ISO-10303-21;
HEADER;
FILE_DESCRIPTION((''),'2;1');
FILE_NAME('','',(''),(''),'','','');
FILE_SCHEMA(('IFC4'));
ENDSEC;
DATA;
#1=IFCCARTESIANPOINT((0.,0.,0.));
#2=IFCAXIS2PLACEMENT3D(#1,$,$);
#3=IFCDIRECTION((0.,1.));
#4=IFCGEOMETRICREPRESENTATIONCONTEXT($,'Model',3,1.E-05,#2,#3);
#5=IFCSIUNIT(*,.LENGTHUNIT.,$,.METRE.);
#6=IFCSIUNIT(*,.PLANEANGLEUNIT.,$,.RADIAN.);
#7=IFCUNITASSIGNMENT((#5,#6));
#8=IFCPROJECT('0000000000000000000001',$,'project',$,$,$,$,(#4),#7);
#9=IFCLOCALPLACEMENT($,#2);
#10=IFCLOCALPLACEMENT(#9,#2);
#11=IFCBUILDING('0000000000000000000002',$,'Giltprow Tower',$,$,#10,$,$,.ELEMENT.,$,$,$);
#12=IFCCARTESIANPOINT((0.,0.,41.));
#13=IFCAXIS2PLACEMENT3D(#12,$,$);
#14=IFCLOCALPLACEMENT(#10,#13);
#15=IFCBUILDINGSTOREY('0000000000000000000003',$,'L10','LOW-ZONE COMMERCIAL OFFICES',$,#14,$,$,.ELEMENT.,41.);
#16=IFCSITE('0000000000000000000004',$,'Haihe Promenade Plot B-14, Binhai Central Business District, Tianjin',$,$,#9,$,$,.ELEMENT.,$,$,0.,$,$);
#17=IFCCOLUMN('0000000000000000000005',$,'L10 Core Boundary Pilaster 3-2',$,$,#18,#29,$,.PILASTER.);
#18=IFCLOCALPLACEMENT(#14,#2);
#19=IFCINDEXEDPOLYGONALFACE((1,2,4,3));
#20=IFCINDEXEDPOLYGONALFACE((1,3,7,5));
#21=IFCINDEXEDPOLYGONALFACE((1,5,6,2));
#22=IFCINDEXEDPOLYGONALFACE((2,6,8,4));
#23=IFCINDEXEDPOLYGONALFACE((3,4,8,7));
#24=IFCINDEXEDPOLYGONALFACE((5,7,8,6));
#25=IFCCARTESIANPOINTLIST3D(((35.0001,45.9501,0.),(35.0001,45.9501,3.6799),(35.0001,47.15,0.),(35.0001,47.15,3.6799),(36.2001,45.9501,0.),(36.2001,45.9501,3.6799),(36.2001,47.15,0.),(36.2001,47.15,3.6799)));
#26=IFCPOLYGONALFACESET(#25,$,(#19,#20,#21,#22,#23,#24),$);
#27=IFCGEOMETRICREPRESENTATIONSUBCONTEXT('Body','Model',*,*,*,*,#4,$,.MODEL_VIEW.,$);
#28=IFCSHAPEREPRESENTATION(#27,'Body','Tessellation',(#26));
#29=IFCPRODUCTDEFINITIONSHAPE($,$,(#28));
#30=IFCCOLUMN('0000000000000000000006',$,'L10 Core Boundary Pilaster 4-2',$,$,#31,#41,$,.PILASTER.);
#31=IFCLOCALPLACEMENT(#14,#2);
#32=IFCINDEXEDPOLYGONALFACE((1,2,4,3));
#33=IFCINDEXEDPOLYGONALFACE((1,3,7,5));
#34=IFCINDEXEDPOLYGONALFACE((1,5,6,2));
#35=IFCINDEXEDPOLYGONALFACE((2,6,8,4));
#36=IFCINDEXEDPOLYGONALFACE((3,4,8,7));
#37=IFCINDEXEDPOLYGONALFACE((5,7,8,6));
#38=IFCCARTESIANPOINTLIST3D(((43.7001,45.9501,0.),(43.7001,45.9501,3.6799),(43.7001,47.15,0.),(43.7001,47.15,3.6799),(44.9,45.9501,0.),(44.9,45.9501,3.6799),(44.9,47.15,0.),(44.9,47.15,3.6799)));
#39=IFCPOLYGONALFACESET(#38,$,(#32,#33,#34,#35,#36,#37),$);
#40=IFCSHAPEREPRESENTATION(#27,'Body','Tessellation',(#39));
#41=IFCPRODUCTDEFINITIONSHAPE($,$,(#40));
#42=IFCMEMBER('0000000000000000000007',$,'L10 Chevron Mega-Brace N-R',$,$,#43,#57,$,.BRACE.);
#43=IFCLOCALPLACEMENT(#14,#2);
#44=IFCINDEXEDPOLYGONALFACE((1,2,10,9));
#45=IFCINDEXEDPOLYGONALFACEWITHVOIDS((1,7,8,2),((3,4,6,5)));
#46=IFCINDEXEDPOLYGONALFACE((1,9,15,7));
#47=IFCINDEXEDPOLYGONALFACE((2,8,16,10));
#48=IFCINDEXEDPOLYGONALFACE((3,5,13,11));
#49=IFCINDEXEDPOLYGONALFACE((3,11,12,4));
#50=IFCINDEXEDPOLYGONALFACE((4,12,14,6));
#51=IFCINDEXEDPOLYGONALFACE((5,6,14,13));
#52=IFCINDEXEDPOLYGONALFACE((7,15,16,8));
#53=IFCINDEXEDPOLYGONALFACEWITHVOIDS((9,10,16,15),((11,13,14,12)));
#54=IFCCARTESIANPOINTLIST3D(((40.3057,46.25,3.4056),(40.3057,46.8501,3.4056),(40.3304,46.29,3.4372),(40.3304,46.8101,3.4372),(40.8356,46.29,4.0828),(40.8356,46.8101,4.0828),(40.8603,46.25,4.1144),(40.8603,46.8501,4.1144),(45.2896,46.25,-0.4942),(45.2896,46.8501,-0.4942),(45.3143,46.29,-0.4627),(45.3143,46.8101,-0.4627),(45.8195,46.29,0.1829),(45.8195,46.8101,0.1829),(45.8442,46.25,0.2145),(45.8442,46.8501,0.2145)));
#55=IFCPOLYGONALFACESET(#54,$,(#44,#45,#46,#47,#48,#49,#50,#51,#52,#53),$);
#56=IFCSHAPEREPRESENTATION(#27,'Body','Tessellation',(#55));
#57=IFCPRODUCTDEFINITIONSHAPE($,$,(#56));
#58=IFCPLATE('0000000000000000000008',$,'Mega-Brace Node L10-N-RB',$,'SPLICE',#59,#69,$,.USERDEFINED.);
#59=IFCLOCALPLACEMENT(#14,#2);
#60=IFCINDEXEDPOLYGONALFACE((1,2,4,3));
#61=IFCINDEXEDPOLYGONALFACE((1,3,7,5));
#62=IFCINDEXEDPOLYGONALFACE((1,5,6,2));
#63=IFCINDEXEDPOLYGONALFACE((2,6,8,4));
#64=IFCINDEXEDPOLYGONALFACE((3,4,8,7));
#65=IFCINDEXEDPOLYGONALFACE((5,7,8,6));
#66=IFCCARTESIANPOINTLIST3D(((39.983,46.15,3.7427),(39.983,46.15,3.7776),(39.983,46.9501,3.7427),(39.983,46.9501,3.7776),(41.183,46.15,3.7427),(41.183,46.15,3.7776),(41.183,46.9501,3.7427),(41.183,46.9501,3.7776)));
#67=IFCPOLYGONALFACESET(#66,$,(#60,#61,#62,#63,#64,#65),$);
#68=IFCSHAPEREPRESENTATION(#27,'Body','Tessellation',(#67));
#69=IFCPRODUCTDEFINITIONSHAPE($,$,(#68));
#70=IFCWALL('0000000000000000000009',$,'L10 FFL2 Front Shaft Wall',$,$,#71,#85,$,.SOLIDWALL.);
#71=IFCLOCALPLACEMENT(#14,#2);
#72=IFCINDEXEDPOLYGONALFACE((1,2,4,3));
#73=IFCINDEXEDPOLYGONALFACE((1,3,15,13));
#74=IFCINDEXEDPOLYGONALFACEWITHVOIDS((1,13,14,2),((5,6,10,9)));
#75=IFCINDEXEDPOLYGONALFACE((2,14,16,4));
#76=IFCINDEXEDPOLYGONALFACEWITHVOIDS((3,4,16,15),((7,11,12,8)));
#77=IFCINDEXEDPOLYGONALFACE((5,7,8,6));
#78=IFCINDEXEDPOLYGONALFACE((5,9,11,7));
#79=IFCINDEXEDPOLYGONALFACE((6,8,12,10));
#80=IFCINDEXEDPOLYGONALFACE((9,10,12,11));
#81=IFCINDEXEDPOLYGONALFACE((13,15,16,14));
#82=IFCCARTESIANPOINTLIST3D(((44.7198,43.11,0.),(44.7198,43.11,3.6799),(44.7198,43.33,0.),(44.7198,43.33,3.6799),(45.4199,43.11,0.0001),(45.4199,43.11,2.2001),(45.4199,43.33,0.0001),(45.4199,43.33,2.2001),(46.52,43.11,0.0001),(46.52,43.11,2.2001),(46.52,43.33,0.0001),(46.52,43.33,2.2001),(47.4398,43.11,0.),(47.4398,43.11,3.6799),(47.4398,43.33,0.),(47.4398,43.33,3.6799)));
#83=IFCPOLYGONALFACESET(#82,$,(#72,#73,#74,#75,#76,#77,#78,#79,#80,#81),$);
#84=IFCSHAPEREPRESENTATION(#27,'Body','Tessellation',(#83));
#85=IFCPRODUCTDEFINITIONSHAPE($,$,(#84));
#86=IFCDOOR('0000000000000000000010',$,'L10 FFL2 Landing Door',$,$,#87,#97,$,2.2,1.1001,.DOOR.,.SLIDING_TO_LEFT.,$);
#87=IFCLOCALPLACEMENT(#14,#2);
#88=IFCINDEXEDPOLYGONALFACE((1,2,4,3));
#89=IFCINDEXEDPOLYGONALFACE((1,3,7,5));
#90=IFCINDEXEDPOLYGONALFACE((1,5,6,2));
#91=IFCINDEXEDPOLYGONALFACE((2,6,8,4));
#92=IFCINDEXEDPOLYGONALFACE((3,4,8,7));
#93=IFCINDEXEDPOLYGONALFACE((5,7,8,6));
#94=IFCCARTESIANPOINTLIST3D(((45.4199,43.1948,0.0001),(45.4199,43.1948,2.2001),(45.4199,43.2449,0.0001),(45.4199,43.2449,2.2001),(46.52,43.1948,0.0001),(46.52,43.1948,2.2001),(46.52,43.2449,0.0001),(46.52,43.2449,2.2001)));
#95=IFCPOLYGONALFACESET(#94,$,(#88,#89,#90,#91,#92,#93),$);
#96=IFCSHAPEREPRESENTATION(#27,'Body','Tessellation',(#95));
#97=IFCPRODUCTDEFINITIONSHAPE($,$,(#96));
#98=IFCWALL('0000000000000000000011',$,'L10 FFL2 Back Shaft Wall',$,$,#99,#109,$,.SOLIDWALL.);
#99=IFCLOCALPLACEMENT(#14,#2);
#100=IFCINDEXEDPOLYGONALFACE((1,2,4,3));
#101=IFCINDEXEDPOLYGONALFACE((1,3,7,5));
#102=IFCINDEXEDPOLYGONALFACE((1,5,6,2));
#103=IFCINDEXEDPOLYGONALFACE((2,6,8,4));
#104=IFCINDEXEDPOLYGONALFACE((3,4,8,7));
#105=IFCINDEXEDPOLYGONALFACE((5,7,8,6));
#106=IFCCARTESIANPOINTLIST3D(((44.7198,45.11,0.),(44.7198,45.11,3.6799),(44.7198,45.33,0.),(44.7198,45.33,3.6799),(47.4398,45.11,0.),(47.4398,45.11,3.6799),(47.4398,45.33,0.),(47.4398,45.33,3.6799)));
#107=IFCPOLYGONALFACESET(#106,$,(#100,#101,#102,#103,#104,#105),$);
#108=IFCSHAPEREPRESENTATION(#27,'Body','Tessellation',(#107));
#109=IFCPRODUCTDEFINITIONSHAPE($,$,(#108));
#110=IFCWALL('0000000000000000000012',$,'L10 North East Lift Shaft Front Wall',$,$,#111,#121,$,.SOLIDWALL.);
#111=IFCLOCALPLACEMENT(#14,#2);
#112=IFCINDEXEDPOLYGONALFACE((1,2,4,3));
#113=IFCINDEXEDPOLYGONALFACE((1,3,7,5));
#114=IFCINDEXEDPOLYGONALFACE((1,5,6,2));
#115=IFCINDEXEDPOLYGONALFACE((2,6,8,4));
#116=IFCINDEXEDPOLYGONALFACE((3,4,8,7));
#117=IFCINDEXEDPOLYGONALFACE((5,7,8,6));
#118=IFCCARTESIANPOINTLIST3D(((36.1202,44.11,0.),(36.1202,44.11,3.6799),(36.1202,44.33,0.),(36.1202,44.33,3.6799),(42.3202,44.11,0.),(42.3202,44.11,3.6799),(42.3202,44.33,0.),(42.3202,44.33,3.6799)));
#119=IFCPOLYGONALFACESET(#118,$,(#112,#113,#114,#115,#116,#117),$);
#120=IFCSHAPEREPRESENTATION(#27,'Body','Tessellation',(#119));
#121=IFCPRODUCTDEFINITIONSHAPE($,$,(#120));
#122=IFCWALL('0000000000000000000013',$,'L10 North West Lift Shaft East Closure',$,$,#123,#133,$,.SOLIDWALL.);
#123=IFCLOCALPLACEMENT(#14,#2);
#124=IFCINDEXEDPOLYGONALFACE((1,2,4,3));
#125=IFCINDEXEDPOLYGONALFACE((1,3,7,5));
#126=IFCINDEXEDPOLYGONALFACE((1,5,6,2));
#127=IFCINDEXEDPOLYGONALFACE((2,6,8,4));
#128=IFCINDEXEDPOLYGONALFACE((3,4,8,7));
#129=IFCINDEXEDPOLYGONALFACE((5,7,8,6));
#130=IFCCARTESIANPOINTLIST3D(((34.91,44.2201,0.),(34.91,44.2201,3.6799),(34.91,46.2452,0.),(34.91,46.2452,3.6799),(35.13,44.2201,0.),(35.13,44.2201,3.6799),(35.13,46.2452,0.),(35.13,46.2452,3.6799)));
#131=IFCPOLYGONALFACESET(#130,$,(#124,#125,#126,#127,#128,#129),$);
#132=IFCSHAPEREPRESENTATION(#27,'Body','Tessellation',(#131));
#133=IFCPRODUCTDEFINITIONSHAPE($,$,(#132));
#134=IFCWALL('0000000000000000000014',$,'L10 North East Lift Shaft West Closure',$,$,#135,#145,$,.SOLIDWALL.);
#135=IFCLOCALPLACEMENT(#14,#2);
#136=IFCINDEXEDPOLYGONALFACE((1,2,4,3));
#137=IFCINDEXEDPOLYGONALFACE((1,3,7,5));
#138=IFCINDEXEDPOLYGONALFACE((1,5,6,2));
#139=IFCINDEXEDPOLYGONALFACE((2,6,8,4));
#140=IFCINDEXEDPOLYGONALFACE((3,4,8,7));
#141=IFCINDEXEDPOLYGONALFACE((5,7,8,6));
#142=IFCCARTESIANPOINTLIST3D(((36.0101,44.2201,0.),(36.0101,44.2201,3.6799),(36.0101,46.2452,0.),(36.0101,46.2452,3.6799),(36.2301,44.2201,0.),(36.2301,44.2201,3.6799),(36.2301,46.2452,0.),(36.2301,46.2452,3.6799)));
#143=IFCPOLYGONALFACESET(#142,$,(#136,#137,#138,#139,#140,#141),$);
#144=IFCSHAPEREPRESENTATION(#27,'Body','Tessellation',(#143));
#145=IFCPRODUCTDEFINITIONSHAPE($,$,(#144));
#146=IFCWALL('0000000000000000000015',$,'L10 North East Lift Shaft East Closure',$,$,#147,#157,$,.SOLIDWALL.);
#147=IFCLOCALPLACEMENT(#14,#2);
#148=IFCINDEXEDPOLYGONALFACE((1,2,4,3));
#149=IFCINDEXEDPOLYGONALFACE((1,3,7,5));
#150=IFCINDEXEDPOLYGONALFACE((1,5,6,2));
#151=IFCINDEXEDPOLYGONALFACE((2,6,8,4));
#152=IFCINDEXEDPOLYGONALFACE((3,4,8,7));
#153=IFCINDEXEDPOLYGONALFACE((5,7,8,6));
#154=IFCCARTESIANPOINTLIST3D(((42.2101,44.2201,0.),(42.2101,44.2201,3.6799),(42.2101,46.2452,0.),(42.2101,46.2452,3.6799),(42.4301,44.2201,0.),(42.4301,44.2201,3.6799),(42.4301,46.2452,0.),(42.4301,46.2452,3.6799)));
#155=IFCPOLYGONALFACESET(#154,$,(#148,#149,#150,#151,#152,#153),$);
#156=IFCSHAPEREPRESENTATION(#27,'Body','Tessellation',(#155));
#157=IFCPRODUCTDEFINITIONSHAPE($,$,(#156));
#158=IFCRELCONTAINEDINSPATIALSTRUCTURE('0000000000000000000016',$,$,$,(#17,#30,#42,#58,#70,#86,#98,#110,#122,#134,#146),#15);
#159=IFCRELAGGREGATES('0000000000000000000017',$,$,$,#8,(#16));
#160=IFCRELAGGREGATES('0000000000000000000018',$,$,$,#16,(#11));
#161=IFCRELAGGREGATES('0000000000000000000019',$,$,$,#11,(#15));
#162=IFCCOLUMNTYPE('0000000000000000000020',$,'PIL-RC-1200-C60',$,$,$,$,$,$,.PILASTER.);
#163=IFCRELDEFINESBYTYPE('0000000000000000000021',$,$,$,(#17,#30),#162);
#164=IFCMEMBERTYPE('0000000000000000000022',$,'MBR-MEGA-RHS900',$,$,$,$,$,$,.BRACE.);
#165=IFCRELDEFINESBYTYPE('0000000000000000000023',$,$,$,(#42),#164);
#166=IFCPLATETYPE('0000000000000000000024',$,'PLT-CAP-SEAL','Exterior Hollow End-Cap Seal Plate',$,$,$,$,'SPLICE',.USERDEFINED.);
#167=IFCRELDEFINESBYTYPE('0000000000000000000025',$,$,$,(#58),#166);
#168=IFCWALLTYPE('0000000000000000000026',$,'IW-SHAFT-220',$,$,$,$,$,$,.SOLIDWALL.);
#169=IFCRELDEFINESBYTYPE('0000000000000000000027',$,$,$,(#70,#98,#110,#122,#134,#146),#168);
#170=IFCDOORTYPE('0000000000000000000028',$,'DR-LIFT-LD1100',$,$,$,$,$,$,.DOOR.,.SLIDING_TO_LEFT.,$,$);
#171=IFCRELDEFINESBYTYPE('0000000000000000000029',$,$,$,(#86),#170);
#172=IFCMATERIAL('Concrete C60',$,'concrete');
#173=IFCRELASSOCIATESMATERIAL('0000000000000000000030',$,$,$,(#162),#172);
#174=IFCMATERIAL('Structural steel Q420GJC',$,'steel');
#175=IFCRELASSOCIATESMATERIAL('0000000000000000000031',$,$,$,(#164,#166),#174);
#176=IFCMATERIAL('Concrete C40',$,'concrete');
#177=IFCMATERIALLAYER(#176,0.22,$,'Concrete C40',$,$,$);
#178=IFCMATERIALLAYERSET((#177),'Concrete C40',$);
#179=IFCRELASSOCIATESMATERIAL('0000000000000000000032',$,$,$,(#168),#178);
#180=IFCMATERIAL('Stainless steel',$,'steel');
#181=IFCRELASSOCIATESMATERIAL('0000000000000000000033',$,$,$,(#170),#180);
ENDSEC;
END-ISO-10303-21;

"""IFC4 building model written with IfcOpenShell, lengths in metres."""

from ifc_helpers import new_model, si_unit, direction, frame, frame_2d, origin, origin_2d, place, context, subcontext, project, spatial, rectangle, hollow_rectangle, extrude, source, transform, mapped, material, layer, layer_set, material_profile, profile_set, type_object, element, fill, save


model = new_model("IFC4")

# Units and contexts
model_context = context("Model", 3, precision=1e-05, world=origin(), true_north=direction((0.0, 1.0)))
body_context = subcontext(model_context, "Body", "Model", "MODEL_VIEW")
ifc_project = project(units=[si_unit("LENGTHUNIT", "METRE"), si_unit("PLANEANGLEUNIT", "RADIAN")], contexts=[model_context])

# Site, building, storey
site_placement = place(None, origin())
site = spatial("IfcSite", under=ifc_project, at=site_placement, Name="Haihe Promenade Plot B-14, Binhai Central Business District, Tianjin", CompositionType="ELEMENT", RefElevation=0.0)
building_placement = place(site_placement, origin())
building = spatial("IfcBuilding", under=site, at=building_placement, Name="Giltprow Tower", CompositionType="ELEMENT")
storey_placement = place(building_placement, frame((0.0, 0.0, 41.0)))
storey = spatial("IfcBuildingStorey", under=building, at=storey_placement, Name="L10", Description="LOW-ZONE COMMERCIAL OFFICES", CompositionType="ELEMENT", Elevation=41.0)

# Columns
ifc_material_1 = material(Name="Concrete C60", Category="concrete")
ifc_material_profile_1 = material_profile(ifc_material_1, rectangle(XDim=1.2, YDim=1.2, at=origin_2d()), Name="RC 1200x1200")
ifc_profile_set_1 = profile_set([ifc_material_profile_1], Name="Concrete C60")
column_type = type_object("IfcColumnType", Name="PIL-RC-1200-C60", PredefinedType="PILASTER", material=ifc_profile_set_1)
shared_shape_1 = source(origin(), body_context, "Body", "SweptSolid", [
    extrude(rectangle(XDim=1.2, YDim=1.2, at=origin_2d()), origin(), (0.0, 0.0, 1.0), 3.6799),
])
for number, where, z_axis, x_axis, name in (
    (1, (35.6001, 46.55, 0.0), (0.0, 0.0, 1.0), (1.0, 0.0, 0.0), "L10 Core Boundary Pilaster 3-2"),
    (2, (44.3, 46.55, 0.0), (0.0, 0.0, 1.0), (1.0, 0.0, 0.0), "L10 Core Boundary Pilaster 4-2"),
):
    element("IfcColumn", number, at=place(storey_placement, frame(where, z_axis=z_axis, x_axis=x_axis)), inside=storey, type_object=column_type, Name=name, PredefinedType="PILASTER", context=body_context, shape_type="MappedRepresentation", body=[
        mapped(shared_shape_1, transform((0.0, 0.0, 0.0), x_axis=(1.0, 0.0, 0.0), y_axis=(0.0, 1.0, 0.0), z_axis=(0.0, 0.0, 1.0), scale=1.0)),
    ])

# Member
ifc_material_2 = material(Name="Structural steel Q420GJC", Category="steel")
ifc_material_profile_2 = material_profile(ifc_material_2, hollow_rectangle(XDim=0.6001, YDim=0.8999, WallThickness=0.04, at=origin_2d()), Name="RHS 900x600x40")
ifc_profile_set_2 = profile_set([ifc_material_profile_2], Name="Structural steel Q420GJC")
member_type = type_object("IfcMemberType", Name="MBR-MEGA-RHS900", PredefinedType="BRACE", material=ifc_profile_set_2)
shared_shape_2 = source(origin(), body_context, "Body", "SweptSolid", [
    extrude(hollow_rectangle(XDim=0.6001, YDim=0.8999, WallThickness=0.04, at=origin_2d()), origin(), (0.0, 0.0, 1.0), 6.3284),
])
member_placement = place(storey_placement, frame((45.5669, 46.55, -0.1399), z_axis=(-0.787546, 0.0, 0.616256), x_axis=(0.0, -1.0, 0.0)))
element("IfcMember", 3, at=member_placement, inside=storey, type_object=member_type, Name="L10 Chevron Mega-Brace N-R", PredefinedType="BRACE", context=body_context, shape_type="MappedRepresentation", body=[
    mapped(shared_shape_2, transform((0.0, 0.0, 0.0), x_axis=(1.0, 0.0, 0.0), y_axis=(0.0, 1.0, 0.0), z_axis=(0.0, 0.0, 1.0), scale=1.0)),
])

# Plate
plate_type = type_object("IfcPlateType", Name="PLT-CAP-SEAL", Description="Exterior Hollow End-Cap Seal Plate", ElementType="SPLICE", PredefinedType="USERDEFINED", material=ifc_material_2)
shared_shape_3 = source(origin(), body_context, "Body", "SweptSolid", [
    extrude(rectangle(XDim=1.2, YDim=0.8, at=origin_2d()), origin(), (0.0, 0.0, 1.0), 0.0349),
])
plate_placement = place(storey_placement, frame((40.583, 46.55, 3.7427), z_axis=(0.0, 0.0, 1.0), x_axis=(1.0, 0.0, 0.0)))
element("IfcPlate", 4, at=plate_placement, inside=storey, type_object=plate_type, Name="Mega-Brace Node L10-N-RB", ObjectType="SPLICE", PredefinedType="USERDEFINED", context=body_context, shape_type="MappedRepresentation", body=[
    mapped(shared_shape_3, transform((0.0, 0.0, 0.0), x_axis=(1.0, 0.0, 0.0), y_axis=(0.0, 1.0, 0.0), z_axis=(0.0, 0.0, 1.0), scale=1.0)),
])

# Wall, opening, door
ifc_material_3 = material(Name="Concrete C40", Category="concrete")
ifc_layer_1 = layer(ifc_material_3, 0.22, Name="Concrete C40")
ifc_layer_set_1 = layer_set([ifc_layer_1], Name="Concrete C40")
wall_type_1 = type_object("IfcWallType", Name="IW-SHAFT-220", PredefinedType="SOLIDWALL", material=ifc_layer_set_1)
wall_1_placement = place(storey_placement, frame((44.72, 43.22, 0.0), z_axis=(0.0, 0.0, 1.0), x_axis=(1.0, 0.0, 0.0)))
wall_1 = element("IfcWall", 5, at=wall_1_placement, inside=storey, type_object=wall_type_1, Name="L10 FFL2 Front Shaft Wall", PredefinedType="SOLIDWALL", context=body_context, shape_type="SweptSolid", body=[
    extrude(rectangle(XDim=2.72, YDim=0.22, at=frame_2d((1.3599, 0.0))), origin(), (0.0, 0.0, 1.0), 3.6799),
])
opening_1_placement = place(wall_1_placement, frame((0.7, 0.0, 0.0)))
opening_1 = element("IfcOpeningElement", 6, at=opening_1_placement, cuts=wall_1, PredefinedType="OPENING", context=body_context, shape_type="SweptSolid", body=[
    extrude(rectangle(XDim=1.1001, YDim=2.2, at=frame_2d((0.55, 1.1001))), frame((0.0, 0.1199, 0.0), z_axis=(0.0, -1.0, 0.0), x_axis=(1.0, 0.0, 0.0)), (0.0, 0.0, 1.0), 0.24),
])
ifc_material_4 = material(Name="Stainless steel", Category="steel")
door_type = type_object("IfcDoorType", Name="DR-LIFT-LD1100", OperationType="SLIDING_TO_LEFT", PredefinedType="DOOR", material=ifc_material_4)
shared_shape_4 = source(origin(), body_context, "Body", "SweptSolid", [
    extrude(rectangle(XDim=1.1001, YDim=2.2, at=frame_2d((0.55, 1.1001))), frame((0.0, 0.0249, 0.0), z_axis=(0.0, -1.0, 0.0), x_axis=(1.0, 0.0, 0.0)), (0.0, 0.0, 1.0), 0.05),
])
door_1_placement = place(opening_1_placement, origin())
door_1 = element("IfcDoor", 7, at=door_1_placement, inside=storey, type_object=door_type, Name="L10 FFL2 Landing Door", OperationType="SLIDING_TO_LEFT", OverallHeight=2.2, OverallWidth=1.1001, PredefinedType="DOOR", context=body_context, shape_type="MappedRepresentation", body=[
    mapped(shared_shape_4, transform((0.0, 0.0, 0.0), x_axis=(1.0, 0.0, 0.0), y_axis=(0.0, 1.0, 0.0), z_axis=(0.0, 0.0, 1.0), scale=1.0)),
])
fill(opening_1, door_1)

# Walls
wall_2_placement = place(storey_placement, frame((44.72, 45.22, 0.0), z_axis=(0.0, 0.0, 1.0), x_axis=(1.0, 0.0, 0.0)))
element("IfcWall", 8, at=wall_2_placement, inside=storey, type_object=wall_type_1, Name="L10 FFL2 Back Shaft Wall", PredefinedType="SOLIDWALL", context=body_context, shape_type="SweptSolid", body=[
    extrude(rectangle(XDim=2.72, YDim=0.22, at=frame_2d((1.3599, 0.0))), origin(), (0.0, 0.0, 1.0), 3.6799),
])
wall_3_placement = place(storey_placement, frame((36.1201, 44.22, 0.0), z_axis=(0.0, 0.0, 1.0), x_axis=(1.0, 0.0, 0.0)))
element("IfcWall", 9, at=wall_3_placement, inside=storey, type_object=wall_type_1, Name="L10 North East Lift Shaft Front Wall", PredefinedType="SOLIDWALL", context=body_context, shape_type="SweptSolid", body=[
    extrude(rectangle(XDim=6.2, YDim=0.22, at=frame_2d((3.1001, 0.0))), origin(), (0.0, 0.0, 1.0), 3.6799),
])
for number, where, z_axis, x_axis, name in (
    (10, (35.02, 44.22, 0.0), (0.0, 0.0, 1.0), (0.0, 1.0, 0.0), "L10 North West Lift Shaft East Closure"),
    (11, (36.1201, 44.22, 0.0), (0.0, 0.0, 1.0), (0.0, 1.0, 0.0), "L10 North East Lift Shaft West Closure"),
    (12, (42.3201, 44.22, 0.0), (0.0, 0.0, 1.0), (0.0, 1.0, 0.0), "L10 North East Lift Shaft East Closure"),
):
    element("IfcWall", number, at=place(storey_placement, frame(where, z_axis=z_axis, x_axis=x_axis)), inside=storey, type_object=wall_type_1, Name=name, PredefinedType="SOLIDWALL", context=body_context, shape_type="SweptSolid", body=[
        extrude(rectangle(XDim=2.0251, YDim=0.22, at=frame_2d((1.0127, 0.0))), origin(), (0.0, 0.0, 1.0), 3.6799),
    ])

save(model, "model.ifc")
